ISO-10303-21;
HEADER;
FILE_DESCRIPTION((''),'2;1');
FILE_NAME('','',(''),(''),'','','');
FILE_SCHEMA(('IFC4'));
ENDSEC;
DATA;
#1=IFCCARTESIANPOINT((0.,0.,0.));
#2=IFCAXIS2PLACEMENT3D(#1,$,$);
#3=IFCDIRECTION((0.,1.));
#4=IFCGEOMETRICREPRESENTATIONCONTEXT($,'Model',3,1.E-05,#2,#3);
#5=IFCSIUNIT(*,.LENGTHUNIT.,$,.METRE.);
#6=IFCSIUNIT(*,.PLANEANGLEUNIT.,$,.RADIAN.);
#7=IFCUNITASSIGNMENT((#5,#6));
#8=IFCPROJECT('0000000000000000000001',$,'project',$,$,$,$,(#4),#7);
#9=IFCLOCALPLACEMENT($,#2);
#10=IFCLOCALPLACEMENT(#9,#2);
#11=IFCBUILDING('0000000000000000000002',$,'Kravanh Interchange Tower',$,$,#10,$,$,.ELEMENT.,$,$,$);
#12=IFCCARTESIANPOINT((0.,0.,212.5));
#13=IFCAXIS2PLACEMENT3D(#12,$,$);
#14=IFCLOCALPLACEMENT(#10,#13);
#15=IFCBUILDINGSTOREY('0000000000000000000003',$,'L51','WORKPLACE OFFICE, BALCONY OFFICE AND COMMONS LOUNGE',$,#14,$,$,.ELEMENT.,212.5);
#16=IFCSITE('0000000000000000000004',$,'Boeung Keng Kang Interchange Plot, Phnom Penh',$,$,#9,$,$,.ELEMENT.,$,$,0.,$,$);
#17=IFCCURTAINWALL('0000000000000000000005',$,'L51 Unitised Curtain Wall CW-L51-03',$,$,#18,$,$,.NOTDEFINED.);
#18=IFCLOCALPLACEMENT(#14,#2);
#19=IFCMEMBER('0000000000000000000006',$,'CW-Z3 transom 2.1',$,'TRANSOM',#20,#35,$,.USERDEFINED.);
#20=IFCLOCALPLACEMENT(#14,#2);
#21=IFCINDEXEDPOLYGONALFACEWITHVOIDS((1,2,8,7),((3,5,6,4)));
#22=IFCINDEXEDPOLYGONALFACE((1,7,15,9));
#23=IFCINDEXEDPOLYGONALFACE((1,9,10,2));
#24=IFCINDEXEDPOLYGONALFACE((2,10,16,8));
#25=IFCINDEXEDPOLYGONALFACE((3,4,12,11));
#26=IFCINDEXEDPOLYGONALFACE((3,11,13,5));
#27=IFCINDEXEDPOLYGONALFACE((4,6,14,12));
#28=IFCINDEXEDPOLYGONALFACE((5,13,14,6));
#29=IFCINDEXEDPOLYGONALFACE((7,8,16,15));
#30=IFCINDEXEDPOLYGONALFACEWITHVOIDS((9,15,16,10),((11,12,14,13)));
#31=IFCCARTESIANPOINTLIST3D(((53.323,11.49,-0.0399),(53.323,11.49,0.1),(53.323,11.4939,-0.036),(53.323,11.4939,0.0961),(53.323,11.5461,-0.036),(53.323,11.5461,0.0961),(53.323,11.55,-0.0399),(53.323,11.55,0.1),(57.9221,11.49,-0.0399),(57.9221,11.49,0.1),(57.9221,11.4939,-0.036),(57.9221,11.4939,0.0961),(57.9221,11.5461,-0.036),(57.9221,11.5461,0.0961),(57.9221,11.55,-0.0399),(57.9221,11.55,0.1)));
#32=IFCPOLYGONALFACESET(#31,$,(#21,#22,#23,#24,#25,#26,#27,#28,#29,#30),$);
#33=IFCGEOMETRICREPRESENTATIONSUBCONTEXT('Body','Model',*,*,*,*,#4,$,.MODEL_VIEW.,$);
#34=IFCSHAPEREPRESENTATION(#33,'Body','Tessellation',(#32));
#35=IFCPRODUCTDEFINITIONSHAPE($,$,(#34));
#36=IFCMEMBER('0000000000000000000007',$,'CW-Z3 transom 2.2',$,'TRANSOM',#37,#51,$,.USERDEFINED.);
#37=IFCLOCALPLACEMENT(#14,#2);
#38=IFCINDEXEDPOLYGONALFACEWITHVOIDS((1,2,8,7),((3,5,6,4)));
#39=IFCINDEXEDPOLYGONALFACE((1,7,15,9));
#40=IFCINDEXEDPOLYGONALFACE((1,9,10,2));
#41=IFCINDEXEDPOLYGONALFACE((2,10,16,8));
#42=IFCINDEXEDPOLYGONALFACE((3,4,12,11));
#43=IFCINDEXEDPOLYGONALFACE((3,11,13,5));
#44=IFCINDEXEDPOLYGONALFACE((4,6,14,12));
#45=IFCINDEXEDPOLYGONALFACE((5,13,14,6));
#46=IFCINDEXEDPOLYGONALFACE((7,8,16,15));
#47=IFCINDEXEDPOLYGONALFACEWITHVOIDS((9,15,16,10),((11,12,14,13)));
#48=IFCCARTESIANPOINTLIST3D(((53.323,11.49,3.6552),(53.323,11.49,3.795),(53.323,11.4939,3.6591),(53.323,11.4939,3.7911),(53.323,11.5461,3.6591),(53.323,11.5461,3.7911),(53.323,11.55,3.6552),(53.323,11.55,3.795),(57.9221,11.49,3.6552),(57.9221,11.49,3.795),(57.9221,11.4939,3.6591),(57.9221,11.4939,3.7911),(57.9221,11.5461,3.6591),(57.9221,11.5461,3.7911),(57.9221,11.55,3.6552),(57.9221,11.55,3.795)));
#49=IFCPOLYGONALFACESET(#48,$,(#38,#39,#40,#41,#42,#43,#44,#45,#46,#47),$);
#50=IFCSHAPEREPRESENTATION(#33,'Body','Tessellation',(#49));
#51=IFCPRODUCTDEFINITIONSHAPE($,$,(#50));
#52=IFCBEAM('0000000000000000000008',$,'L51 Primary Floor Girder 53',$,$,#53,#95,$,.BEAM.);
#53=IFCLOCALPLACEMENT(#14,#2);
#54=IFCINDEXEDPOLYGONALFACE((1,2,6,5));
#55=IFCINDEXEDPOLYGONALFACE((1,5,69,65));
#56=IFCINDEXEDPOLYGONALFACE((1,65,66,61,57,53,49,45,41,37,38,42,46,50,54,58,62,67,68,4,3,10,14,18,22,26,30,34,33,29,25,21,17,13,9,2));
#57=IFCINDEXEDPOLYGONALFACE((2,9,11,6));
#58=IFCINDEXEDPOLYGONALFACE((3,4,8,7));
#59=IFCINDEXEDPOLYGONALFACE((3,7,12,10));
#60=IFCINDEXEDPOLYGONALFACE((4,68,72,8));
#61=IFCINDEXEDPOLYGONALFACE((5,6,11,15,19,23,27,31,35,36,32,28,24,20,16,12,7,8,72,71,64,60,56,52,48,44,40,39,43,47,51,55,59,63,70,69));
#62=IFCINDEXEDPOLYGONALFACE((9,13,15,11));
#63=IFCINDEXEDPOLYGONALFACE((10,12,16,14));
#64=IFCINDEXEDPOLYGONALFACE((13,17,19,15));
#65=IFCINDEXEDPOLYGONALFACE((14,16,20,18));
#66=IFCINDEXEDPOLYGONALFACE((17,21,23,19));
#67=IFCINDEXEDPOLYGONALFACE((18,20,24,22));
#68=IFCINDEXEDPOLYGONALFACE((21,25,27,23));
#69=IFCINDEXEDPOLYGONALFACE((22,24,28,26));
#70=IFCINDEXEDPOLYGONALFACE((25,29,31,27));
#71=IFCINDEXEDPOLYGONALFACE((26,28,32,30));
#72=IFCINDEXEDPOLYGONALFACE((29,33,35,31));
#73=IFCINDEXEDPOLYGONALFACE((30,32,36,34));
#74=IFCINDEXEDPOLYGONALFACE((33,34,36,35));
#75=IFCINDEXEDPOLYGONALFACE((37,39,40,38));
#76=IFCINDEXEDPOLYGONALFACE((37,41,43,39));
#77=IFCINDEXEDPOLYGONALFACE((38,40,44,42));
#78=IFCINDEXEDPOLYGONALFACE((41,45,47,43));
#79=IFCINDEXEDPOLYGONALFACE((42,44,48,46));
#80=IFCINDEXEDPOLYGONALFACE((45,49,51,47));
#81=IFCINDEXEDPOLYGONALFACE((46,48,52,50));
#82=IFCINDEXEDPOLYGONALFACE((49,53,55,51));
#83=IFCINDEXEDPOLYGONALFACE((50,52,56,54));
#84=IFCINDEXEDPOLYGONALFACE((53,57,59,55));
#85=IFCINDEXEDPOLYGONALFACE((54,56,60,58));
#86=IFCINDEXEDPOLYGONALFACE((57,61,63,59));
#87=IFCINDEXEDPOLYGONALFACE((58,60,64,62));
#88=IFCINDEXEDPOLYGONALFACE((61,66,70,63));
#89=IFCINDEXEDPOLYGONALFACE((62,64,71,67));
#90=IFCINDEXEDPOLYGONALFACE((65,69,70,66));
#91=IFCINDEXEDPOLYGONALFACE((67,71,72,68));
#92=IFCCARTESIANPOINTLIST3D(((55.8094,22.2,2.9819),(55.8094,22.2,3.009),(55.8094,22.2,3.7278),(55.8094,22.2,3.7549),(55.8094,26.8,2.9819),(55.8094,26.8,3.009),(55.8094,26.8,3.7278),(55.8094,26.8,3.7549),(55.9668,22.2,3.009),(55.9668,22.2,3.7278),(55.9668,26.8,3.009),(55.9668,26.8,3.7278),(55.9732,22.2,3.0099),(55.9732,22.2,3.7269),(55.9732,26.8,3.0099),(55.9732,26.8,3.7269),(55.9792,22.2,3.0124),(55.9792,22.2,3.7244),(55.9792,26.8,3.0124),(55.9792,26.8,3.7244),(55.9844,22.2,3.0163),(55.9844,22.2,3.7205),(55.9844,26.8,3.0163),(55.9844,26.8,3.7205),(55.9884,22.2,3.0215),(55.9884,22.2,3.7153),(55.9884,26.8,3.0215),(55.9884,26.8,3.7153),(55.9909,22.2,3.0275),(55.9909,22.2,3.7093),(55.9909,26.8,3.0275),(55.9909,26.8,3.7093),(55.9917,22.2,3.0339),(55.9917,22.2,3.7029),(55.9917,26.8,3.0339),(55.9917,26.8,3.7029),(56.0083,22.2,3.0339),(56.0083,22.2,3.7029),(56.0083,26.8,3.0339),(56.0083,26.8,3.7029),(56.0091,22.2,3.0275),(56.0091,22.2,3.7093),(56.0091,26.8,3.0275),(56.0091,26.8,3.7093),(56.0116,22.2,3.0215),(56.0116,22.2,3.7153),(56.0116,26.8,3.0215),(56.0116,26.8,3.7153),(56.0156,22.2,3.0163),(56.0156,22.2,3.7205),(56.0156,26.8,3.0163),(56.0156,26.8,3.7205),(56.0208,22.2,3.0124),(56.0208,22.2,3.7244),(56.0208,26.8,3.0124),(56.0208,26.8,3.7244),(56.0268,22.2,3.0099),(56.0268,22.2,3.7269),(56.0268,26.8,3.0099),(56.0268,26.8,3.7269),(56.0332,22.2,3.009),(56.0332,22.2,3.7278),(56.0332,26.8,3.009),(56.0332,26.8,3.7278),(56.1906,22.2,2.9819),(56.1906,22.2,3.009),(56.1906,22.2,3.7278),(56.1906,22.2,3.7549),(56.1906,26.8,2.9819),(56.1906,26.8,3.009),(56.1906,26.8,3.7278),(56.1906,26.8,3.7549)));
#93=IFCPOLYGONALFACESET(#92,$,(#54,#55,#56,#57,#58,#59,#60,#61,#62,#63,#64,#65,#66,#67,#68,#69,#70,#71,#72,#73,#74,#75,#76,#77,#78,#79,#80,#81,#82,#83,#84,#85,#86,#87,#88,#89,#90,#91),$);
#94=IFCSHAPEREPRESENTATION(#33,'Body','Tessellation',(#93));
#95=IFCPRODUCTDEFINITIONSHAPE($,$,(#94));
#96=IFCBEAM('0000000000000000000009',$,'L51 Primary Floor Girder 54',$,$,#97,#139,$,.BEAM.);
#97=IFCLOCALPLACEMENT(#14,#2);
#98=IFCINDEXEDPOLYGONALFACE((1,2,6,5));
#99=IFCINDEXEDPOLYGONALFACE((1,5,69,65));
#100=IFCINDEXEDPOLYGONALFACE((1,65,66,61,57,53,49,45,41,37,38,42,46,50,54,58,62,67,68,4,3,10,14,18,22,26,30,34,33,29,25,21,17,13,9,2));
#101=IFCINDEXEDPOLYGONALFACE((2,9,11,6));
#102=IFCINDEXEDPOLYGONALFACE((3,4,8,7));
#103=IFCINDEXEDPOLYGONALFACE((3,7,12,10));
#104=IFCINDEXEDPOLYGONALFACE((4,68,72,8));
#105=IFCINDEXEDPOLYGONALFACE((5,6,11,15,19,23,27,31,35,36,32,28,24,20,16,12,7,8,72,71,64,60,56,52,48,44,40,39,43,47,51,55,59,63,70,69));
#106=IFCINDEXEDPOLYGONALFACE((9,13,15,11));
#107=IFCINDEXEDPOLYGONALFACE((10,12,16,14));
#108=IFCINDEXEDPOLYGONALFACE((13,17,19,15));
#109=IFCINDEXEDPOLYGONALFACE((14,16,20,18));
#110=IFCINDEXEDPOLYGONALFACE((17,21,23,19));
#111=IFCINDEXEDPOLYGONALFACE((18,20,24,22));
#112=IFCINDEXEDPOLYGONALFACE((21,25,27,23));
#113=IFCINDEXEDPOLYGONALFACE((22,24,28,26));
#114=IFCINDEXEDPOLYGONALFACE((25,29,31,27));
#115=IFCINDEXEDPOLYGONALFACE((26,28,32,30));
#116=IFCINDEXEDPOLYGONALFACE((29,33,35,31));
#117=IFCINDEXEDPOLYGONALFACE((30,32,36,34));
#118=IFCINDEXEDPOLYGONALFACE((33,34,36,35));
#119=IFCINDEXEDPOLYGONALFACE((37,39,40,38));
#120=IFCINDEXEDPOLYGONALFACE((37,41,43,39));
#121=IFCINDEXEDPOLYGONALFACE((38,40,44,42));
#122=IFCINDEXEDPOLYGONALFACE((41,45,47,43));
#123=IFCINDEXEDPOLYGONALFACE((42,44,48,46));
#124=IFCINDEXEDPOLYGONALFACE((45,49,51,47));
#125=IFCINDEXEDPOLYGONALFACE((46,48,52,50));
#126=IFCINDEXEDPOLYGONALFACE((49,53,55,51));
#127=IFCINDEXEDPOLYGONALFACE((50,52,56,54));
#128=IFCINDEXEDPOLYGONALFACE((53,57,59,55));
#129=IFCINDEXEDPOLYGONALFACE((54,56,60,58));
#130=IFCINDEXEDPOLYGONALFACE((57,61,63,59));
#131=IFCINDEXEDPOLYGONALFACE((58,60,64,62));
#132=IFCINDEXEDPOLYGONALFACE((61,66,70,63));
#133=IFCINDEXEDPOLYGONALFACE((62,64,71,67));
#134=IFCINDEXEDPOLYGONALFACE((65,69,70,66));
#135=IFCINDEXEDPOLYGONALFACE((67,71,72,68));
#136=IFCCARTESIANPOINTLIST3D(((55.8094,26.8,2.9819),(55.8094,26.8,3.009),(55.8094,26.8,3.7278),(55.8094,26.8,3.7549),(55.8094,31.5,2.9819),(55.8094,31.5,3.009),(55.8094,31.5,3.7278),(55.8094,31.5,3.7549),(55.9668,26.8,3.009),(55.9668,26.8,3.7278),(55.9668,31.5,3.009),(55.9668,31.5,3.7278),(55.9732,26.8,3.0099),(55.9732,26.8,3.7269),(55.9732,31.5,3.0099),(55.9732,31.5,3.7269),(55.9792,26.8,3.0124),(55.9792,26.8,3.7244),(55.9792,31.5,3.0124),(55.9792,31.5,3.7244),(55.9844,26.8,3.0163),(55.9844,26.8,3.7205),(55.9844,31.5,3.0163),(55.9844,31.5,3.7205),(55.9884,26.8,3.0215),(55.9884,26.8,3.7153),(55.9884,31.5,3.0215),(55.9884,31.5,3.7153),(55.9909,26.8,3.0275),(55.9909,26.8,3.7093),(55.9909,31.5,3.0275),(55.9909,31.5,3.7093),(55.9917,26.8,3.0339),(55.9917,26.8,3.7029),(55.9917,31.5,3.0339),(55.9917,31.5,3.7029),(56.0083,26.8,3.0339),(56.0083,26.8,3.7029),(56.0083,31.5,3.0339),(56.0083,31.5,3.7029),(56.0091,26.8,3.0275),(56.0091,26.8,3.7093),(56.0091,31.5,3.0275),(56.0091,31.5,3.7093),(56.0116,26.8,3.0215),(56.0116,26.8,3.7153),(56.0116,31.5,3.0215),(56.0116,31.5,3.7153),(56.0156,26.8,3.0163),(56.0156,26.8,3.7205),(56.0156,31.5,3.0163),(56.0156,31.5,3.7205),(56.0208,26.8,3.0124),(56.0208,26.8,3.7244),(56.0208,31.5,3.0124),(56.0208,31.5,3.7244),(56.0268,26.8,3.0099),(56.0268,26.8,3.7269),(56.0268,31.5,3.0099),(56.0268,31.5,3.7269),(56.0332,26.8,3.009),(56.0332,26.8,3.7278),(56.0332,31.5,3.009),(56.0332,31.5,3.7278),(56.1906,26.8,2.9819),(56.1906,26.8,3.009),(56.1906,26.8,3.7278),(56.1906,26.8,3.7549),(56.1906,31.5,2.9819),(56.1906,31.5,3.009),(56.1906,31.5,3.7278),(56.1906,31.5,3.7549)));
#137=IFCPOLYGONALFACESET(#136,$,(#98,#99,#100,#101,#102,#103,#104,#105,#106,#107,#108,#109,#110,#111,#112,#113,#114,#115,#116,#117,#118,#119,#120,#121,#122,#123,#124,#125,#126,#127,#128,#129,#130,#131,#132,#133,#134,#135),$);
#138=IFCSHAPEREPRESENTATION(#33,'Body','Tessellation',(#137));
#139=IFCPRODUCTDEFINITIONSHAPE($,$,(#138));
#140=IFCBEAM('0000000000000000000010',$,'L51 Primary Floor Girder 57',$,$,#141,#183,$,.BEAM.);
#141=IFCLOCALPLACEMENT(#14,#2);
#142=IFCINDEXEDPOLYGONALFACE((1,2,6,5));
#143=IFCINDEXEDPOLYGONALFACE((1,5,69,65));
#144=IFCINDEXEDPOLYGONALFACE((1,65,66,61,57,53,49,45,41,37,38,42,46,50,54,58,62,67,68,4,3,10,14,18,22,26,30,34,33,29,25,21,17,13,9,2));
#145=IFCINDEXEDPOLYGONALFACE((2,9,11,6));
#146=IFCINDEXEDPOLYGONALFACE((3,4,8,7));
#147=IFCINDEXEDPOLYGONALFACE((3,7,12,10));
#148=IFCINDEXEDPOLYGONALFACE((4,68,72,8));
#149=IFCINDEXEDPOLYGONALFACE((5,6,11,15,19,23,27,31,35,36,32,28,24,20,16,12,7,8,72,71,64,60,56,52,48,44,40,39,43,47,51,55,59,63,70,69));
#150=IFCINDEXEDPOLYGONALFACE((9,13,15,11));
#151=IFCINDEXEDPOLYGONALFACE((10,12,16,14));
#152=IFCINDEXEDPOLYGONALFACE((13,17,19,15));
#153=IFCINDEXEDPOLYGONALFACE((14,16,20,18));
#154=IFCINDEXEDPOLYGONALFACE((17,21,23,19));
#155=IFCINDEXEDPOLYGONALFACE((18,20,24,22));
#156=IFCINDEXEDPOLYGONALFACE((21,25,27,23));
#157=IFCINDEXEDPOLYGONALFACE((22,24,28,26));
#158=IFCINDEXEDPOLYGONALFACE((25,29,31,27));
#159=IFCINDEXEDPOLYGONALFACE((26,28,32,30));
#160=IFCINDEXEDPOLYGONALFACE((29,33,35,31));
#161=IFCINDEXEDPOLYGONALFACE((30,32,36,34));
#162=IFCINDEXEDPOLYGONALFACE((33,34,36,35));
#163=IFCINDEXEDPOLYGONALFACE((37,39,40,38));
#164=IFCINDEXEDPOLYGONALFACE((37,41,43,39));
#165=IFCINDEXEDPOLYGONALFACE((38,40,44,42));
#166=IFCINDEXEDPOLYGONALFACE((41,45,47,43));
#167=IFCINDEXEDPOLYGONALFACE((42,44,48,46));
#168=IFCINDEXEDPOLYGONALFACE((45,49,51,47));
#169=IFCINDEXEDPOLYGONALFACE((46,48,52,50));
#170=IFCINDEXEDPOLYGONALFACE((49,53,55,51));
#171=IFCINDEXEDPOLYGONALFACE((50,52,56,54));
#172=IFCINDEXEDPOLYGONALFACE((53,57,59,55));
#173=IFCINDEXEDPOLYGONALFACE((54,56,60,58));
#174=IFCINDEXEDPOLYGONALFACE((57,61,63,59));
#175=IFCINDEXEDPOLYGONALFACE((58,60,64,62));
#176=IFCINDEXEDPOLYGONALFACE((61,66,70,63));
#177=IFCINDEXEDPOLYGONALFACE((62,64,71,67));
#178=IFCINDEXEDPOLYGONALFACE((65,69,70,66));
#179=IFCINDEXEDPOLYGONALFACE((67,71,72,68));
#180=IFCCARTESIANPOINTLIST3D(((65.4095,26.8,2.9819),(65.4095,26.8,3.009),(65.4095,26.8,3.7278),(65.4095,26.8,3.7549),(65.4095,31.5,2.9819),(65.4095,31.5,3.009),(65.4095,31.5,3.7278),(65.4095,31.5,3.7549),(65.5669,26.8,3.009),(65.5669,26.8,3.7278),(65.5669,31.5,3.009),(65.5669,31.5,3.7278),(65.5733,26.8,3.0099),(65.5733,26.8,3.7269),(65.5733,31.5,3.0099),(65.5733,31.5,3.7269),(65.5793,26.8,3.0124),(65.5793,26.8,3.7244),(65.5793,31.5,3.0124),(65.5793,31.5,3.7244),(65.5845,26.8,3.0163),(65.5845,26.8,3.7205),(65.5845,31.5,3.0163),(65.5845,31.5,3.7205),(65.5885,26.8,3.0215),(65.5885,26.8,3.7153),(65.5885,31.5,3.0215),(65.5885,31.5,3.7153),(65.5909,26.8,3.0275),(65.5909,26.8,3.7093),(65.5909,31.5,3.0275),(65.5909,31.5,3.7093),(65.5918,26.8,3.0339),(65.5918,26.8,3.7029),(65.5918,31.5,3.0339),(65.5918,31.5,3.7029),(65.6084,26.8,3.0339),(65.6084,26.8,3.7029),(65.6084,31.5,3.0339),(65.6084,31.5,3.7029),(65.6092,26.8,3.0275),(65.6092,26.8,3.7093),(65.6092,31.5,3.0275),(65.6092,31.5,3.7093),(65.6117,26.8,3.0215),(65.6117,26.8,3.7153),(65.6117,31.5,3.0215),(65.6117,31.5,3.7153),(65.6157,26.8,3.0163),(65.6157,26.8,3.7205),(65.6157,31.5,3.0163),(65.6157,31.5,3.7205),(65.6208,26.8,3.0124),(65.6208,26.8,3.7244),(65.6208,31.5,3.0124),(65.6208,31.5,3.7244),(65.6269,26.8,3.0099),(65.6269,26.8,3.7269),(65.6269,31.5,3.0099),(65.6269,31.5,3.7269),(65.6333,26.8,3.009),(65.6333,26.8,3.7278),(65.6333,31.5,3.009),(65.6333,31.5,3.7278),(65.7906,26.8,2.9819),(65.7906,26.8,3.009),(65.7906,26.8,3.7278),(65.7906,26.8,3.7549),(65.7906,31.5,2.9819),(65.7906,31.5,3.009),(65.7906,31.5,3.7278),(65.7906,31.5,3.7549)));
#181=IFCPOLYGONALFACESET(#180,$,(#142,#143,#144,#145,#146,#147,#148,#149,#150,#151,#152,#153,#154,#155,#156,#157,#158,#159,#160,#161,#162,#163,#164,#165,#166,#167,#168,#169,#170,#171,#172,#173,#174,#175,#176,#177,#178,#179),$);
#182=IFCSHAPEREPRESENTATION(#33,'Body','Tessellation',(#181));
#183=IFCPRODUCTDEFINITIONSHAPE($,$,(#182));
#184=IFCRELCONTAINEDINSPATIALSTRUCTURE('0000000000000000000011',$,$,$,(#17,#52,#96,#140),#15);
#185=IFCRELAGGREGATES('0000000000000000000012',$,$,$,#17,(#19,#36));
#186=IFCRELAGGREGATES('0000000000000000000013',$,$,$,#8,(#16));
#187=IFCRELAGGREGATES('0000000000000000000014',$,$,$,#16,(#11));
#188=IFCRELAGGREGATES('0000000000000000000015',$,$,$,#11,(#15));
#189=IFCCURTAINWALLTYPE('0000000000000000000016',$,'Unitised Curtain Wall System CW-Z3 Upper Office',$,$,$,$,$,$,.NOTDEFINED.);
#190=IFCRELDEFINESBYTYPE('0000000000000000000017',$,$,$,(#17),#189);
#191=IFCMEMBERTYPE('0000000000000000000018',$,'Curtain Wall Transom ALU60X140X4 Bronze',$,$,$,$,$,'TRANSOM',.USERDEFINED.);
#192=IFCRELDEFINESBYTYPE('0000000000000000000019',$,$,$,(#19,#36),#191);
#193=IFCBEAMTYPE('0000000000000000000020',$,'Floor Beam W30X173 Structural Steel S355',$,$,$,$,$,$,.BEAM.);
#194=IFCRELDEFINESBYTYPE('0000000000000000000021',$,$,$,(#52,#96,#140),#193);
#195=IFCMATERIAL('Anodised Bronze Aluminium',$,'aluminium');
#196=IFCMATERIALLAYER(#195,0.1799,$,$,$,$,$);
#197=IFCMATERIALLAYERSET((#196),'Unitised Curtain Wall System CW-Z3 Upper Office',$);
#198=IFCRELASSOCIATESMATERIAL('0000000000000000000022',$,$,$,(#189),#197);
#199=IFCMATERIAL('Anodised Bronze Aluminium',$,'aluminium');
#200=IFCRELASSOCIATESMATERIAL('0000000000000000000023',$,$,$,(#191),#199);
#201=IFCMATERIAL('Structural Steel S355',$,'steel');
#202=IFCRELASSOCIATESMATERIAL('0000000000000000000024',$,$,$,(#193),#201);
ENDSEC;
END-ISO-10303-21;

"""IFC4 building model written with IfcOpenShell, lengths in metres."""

from ifc_helpers import new_model, si_unit, direction, frame, origin, origin_2d, place, context, subcontext, project, spatial, hollow_rectangle, i_section, extrude, material, layer, layer_set, material_profile, profile_set, type_object, element, aggregate, save


model = new_model("IFC4")

# Units and contexts
model_context = context("Model", 3, precision=1e-05, world=origin(), true_north=direction((0.0, 1.0)))
body_context = subcontext(model_context, "Body", "Model", "MODEL_VIEW")
ifc_project = project(units=[si_unit("LENGTHUNIT", "METRE"), si_unit("PLANEANGLEUNIT", "RADIAN")], contexts=[model_context])

# Site, building, storey
site_placement = place(None, origin())
site = spatial("IfcSite", under=ifc_project, at=site_placement, Name="Boeung Keng Kang Interchange Plot, Phnom Penh", CompositionType="ELEMENT", RefElevation=0.0)
building_placement = place(site_placement, origin())
building = spatial("IfcBuilding", under=site, at=building_placement, Name="Kravanh Interchange Tower", CompositionType="ELEMENT")
storey_placement = place(building_placement, frame((0.0, 0.0, 212.5)))
storey = spatial("IfcBuildingStorey", under=building, at=storey_placement, Name="L51", Description="WORKPLACE OFFICE, BALCONY OFFICE AND COMMONS LOUNGE", CompositionType="ELEMENT", Elevation=212.5)

# Curtain wall
ifc_material_1 = material(Name="Anodised Bronze Aluminium", Category="aluminium")
ifc_layer_1 = layer(ifc_material_1, 0.1799)
ifc_layer_set_1 = layer_set([ifc_layer_1], Name="Unitised Curtain Wall System CW-Z3 Upper Office")
curtain_wall_type = type_object("IfcCurtainWallType", Name="Unitised Curtain Wall System CW-Z3 Upper Office", PredefinedType="NOTDEFINED", material=ifc_layer_set_1)
curtain_wall_1_placement = place(storey_placement, origin())
curtain_wall_1 = element("IfcCurtainWall", 1, at=curtain_wall_1_placement, inside=storey, type_object=curtain_wall_type, Name="L51 Unitised Curtain Wall CW-L51-03", PredefinedType="NOTDEFINED")

# Members
ifc_material_2 = material(Name="Anodised Bronze Aluminium", Category="aluminium")
ifc_material_profile_1 = material_profile(ifc_material_2, hollow_rectangle(XDim=0.0601, YDim=0.1399, WallThickness=0.0039, at=origin_2d()), Name="ALU60X140X4")
ifc_profile_set_1 = profile_set([ifc_material_profile_1], Name="Anodised Bronze Aluminium")
member_type_1 = type_object("IfcMemberType", Name="Curtain Wall Transom ALU60X140X4 Bronze", ElementType="TRANSOM", PredefinedType="USERDEFINED", material=ifc_profile_set_1)
member_1_placement = place(storey_placement, frame((57.9221, 11.52, 0.03), z_axis=(-1.0, 0.0, 0.0), x_axis=(0.0, -1.0, 0.0)))
member_1 = element("IfcMember", 2, at=member_1_placement, type_object=member_type_1, Name="CW-Z3 transom 2.1", ObjectType="TRANSOM", PredefinedType="USERDEFINED", context=body_context, shape_type="SweptSolid", body=[
    extrude(hollow_rectangle(XDim=0.0601, YDim=0.1399, WallThickness=0.0039, at=origin_2d()), origin(), (0.0, 0.0, 1.0), 4.5991),
])
member_2_placement = place(storey_placement, frame((57.9221, 11.52, 3.7251), z_axis=(-1.0, 0.0, 0.0), x_axis=(0.0, -1.0, 0.0)))
member_2 = element("IfcMember", 3, at=member_2_placement, type_object=member_type_1, Name="CW-Z3 transom 2.2", ObjectType="TRANSOM", PredefinedType="USERDEFINED", context=body_context, shape_type="SweptSolid", body=[
    extrude(hollow_rectangle(XDim=0.0601, YDim=0.1399, WallThickness=0.0039, at=origin_2d()), origin(), (0.0, 0.0, 1.0), 4.5991),
])

# Beams
ifc_material_3 = material(Name="Structural Steel S355", Category="steel")
ifc_material_profile_2 = material_profile(ifc_material_3, i_section(OverallWidth=0.3811, OverallDepth=0.7729, WebThickness=0.0166, FlangeThickness=0.0271, FilletRadius=0.0249, at=origin_2d()), Name="W30X173")
ifc_profile_set_2 = profile_set([ifc_material_profile_2], Name="Structural Steel S355")
beam_type_1 = type_object("IfcBeamType", Name="Floor Beam W30X173 Structural Steel S355", PredefinedType="BEAM", material=ifc_profile_set_2)
beam_1_placement = place(storey_placement, frame((56.0, 26.8, 3.3684), z_axis=(0.0, -1.0, 0.0), x_axis=(1.0, 0.0, 0.0)))
element("IfcBeam", 4, at=beam_1_placement, inside=storey, type_object=beam_type_1, Name="L51 Primary Floor Girder 53", PredefinedType="BEAM", context=body_context, shape_type="SweptSolid", body=[
    extrude(i_section(OverallWidth=0.3811, OverallDepth=0.7729, WebThickness=0.0166, FlangeThickness=0.0271, FilletRadius=0.0249, at=origin_2d()), origin(), (0.0, 0.0, 1.0), 4.6001),
])
for number, where, z_axis, x_axis, name in (
    (5, (56.0, 26.8, 3.3684), (0.0, 1.0, 0.0), (-1.0, 0.0, 0.0), "L51 Primary Floor Girder 54"),
    (6, (65.6001, 26.8, 3.3684), (0.0, 1.0, 0.0), (-1.0, 0.0, 0.0), "L51 Primary Floor Girder 57"),
):
    element("IfcBeam", number, at=place(storey_placement, frame(where, z_axis=z_axis, x_axis=x_axis)), inside=storey, type_object=beam_type_1, Name=name, PredefinedType="BEAM", context=body_context, shape_type="SweptSolid", body=[
        extrude(i_section(OverallWidth=0.3811, OverallDepth=0.7729, WebThickness=0.0166, FlangeThickness=0.0271, FilletRadius=0.0249, at=origin_2d()), origin(), (0.0, 0.0, 1.0), 4.7),
    ])

aggregate(curtain_wall_1, [member_1, member_2])

save(model, "model.ifc")
